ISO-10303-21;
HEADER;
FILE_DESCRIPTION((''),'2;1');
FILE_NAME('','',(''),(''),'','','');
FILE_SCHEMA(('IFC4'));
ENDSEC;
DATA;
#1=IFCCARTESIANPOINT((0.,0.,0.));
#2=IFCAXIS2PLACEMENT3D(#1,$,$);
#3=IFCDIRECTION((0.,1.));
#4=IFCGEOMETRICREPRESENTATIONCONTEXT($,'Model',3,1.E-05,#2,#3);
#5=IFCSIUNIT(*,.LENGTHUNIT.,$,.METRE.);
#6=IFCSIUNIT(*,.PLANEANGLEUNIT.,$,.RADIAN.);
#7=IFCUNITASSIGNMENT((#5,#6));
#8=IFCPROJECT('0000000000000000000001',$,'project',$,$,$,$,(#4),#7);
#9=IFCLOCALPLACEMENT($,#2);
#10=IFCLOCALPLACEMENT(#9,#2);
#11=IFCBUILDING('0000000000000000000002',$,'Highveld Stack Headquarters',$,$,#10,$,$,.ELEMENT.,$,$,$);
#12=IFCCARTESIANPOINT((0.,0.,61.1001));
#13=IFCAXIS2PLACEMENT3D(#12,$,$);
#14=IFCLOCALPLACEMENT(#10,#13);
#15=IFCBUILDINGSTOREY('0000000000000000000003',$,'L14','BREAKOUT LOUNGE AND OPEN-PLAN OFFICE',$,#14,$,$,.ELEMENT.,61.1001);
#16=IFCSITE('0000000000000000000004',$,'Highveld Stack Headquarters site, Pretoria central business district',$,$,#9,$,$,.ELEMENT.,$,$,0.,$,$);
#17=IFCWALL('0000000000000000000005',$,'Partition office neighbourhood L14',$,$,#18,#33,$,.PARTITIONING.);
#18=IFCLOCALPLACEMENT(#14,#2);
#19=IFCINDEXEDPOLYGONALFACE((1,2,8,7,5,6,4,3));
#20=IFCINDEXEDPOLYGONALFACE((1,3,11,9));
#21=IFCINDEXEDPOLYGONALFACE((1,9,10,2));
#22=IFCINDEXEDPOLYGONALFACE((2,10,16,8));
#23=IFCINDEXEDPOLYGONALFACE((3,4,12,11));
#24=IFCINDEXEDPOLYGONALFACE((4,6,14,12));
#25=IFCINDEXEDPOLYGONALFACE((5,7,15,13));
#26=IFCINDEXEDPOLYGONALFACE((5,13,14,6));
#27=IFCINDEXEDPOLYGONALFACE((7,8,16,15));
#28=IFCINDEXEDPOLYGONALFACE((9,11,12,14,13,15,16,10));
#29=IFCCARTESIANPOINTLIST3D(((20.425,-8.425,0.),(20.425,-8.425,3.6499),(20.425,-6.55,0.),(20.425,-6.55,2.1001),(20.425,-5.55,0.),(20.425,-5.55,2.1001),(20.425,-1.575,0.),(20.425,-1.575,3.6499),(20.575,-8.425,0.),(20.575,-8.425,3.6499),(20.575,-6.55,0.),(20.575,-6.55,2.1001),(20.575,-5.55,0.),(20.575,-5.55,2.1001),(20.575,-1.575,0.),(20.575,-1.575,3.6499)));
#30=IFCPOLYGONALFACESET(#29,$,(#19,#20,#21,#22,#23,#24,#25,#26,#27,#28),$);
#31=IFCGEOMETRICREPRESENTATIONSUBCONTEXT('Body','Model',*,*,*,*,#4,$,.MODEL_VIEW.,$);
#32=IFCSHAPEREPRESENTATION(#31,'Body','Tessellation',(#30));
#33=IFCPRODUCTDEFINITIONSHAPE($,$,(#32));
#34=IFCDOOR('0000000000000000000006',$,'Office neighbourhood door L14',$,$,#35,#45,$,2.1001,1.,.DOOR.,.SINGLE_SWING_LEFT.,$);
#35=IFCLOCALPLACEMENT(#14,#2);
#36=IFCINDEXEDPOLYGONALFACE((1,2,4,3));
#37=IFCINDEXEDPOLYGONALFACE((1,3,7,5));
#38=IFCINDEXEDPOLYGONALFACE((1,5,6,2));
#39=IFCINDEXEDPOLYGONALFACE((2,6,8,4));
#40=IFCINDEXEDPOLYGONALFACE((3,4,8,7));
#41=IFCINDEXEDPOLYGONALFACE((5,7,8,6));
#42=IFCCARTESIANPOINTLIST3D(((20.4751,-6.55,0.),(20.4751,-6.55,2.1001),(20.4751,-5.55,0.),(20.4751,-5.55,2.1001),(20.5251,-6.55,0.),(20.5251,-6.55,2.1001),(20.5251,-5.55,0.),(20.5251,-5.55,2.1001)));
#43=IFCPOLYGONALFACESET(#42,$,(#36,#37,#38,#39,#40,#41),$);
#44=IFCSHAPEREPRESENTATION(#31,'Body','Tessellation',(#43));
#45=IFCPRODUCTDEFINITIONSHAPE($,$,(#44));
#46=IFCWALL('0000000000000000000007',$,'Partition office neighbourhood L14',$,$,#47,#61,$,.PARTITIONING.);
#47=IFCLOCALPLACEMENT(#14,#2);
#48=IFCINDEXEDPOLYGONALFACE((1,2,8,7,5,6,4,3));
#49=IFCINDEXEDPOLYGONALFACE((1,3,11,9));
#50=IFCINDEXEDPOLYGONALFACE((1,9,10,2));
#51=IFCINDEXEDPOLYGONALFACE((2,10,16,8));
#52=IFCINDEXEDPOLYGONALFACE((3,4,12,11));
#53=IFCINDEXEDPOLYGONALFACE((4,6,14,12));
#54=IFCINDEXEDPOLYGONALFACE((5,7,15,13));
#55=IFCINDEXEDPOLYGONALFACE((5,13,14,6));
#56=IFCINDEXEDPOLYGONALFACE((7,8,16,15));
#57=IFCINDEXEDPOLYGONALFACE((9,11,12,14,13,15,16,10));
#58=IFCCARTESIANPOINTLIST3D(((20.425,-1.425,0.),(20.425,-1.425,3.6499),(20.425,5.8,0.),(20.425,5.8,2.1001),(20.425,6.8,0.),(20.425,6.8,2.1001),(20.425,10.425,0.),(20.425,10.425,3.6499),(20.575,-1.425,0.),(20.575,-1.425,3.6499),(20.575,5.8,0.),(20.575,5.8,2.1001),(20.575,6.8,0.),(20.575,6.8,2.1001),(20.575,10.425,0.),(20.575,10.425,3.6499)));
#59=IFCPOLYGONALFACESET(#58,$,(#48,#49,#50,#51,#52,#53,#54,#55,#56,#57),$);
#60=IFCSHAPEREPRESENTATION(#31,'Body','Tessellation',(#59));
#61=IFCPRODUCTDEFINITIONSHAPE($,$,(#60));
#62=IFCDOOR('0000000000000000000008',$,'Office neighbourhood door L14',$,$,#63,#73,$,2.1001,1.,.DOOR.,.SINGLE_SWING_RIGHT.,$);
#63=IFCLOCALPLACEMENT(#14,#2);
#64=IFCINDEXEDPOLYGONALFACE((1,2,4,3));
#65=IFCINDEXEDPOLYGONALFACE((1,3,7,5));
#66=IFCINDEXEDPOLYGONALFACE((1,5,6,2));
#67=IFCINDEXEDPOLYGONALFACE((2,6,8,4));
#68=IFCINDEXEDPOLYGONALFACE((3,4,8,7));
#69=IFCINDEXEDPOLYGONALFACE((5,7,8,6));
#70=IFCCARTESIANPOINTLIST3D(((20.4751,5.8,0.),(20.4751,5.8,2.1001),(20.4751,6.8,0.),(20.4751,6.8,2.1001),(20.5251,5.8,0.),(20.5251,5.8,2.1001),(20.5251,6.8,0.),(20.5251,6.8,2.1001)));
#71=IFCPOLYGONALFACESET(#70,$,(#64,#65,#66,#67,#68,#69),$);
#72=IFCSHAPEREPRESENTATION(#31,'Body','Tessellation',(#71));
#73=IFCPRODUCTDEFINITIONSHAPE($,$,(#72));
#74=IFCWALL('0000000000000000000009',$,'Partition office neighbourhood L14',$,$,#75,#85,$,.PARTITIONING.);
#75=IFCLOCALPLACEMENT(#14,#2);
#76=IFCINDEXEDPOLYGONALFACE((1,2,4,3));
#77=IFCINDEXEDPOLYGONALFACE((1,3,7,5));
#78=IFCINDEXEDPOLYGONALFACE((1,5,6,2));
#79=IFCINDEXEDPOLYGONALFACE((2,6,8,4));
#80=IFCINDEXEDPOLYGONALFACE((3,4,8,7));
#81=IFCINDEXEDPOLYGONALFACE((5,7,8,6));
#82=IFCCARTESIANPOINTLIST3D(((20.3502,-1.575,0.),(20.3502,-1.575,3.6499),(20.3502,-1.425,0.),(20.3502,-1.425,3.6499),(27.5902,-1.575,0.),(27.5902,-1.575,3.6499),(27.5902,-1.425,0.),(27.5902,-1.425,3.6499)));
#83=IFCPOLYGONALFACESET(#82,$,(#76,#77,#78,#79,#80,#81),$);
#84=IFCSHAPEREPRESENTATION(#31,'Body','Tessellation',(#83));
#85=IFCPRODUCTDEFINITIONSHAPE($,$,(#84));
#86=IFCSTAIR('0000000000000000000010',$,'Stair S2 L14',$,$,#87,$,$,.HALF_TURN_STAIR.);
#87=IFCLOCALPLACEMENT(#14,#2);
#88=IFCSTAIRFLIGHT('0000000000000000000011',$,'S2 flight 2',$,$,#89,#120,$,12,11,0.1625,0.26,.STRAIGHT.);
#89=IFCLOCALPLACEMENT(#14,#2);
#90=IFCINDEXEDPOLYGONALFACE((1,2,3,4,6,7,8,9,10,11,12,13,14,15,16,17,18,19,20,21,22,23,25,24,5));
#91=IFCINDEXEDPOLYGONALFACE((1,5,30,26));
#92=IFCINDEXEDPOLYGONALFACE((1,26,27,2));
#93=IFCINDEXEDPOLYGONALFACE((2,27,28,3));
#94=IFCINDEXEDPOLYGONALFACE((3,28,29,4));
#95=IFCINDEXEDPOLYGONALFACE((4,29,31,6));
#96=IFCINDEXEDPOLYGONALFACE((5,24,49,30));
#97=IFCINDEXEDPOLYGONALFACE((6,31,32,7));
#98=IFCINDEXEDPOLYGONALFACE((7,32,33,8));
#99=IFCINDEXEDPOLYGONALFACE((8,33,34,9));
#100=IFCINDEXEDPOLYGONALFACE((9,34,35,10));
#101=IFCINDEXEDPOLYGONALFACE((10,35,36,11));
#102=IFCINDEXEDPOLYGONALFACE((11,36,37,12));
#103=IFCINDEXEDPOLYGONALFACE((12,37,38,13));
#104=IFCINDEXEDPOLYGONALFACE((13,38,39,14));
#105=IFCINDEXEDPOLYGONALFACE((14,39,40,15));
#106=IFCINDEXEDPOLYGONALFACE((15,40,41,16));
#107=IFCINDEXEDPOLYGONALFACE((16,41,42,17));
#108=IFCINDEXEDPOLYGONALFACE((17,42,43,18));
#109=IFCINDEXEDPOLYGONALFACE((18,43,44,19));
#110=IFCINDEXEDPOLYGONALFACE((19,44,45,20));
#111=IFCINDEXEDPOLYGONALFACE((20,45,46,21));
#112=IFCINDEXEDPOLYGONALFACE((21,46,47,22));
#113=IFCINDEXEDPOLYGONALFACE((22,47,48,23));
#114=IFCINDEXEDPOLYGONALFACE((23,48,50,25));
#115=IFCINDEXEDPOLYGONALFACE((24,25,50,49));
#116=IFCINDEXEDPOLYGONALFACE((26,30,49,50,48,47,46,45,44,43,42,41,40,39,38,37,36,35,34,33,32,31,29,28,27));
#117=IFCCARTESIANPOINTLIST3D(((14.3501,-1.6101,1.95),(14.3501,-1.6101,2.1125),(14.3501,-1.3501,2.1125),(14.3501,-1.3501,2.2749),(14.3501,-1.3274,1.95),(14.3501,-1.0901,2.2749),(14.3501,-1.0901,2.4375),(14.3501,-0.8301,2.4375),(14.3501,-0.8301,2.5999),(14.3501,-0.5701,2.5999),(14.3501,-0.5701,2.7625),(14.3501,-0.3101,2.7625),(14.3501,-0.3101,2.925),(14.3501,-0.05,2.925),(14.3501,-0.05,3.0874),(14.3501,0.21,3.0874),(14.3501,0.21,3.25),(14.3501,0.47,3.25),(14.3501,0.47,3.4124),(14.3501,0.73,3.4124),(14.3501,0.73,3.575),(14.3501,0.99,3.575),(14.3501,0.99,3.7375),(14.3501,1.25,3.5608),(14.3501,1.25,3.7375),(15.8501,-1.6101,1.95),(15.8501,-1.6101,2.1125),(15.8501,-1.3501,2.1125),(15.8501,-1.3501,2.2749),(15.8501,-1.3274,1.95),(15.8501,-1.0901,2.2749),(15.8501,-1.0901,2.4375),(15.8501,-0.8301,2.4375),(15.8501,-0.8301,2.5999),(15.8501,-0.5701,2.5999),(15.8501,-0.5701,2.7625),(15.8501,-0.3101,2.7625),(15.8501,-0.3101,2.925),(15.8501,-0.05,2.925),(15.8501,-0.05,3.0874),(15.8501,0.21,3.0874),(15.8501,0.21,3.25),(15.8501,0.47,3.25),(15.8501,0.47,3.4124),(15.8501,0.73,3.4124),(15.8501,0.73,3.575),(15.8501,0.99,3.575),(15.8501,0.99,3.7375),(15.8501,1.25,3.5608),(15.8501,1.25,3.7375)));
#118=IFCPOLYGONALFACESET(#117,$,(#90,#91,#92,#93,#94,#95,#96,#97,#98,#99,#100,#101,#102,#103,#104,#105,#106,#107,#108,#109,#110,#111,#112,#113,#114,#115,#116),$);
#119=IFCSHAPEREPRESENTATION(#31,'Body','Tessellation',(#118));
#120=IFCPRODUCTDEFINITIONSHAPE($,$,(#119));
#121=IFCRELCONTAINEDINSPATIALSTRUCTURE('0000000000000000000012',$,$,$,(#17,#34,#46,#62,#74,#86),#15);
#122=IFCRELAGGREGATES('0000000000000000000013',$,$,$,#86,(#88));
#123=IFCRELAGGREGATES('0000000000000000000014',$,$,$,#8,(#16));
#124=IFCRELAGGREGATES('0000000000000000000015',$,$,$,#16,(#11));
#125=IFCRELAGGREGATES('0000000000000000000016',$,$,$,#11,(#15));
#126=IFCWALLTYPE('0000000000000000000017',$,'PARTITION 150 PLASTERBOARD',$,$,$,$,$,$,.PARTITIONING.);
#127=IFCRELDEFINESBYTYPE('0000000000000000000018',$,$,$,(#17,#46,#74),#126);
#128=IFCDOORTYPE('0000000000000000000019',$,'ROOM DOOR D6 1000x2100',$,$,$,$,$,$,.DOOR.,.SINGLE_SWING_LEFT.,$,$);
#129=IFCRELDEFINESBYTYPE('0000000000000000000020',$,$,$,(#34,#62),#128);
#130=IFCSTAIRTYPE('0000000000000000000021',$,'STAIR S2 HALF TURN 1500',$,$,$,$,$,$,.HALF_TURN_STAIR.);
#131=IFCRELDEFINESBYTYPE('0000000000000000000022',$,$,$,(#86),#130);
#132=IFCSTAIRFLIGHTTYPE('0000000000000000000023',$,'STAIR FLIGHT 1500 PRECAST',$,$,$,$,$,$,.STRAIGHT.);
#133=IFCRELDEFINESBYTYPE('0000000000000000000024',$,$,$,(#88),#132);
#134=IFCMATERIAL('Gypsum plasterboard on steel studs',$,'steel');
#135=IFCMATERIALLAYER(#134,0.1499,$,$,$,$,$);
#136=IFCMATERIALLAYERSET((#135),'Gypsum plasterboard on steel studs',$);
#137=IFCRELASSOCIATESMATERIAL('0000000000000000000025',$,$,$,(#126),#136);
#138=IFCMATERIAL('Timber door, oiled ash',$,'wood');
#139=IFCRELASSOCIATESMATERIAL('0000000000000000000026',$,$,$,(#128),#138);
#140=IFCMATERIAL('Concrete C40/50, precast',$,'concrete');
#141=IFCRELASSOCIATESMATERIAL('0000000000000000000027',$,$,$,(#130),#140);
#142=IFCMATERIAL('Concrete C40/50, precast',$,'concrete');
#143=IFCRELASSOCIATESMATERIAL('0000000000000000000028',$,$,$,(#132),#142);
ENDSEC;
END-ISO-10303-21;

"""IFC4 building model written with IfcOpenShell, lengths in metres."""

from ifc_helpers import new_model, si_unit, direction, frame, frame_2d, origin, place, context, subcontext, project, spatial, polyline, rectangle, outline, extrude, material, layer, layer_set, type_object, element, fill, aggregate, save


model = new_model("IFC4")

# Units and contexts
model_context = context("Model", 3, precision=1e-05, world=origin(), true_north=direction((0.0, 1.0)))
body_context = subcontext(model_context, "Body", "Model", "MODEL_VIEW")
ifc_project = project(units=[si_unit("LENGTHUNIT", "METRE"), si_unit("PLANEANGLEUNIT", "RADIAN")], contexts=[model_context])

# Site, building, storey
site_placement = place(None, origin())
site = spatial("IfcSite", under=ifc_project, at=site_placement, Name="Highveld Stack Headquarters site, Pretoria central business district", CompositionType="ELEMENT", RefElevation=0.0)
building_placement = place(site_placement, origin())
building = spatial("IfcBuilding", under=site, at=building_placement, Name="Highveld Stack Headquarters", CompositionType="ELEMENT")
storey_placement = place(building_placement, frame((0.0, 0.0, 61.1001)))
storey = spatial("IfcBuildingStorey", under=building, at=storey_placement, Name="L14", Description="BREAKOUT LOUNGE AND OPEN-PLAN OFFICE", CompositionType="ELEMENT", Elevation=61.1001)

# Shared definitions
ifc_material_1 = material(Name="Gypsum plasterboard on steel studs", Category="steel")
ifc_layer_1 = layer(ifc_material_1, 0.1499)
ifc_layer_set_1 = layer_set([ifc_layer_1], Name="Gypsum plasterboard on steel studs")
wall_type_1 = type_object("IfcWallType", Name="PARTITION 150 PLASTERBOARD", PredefinedType="PARTITIONING", material=ifc_layer_set_1)
ifc_material_2 = material(Name="Timber door, oiled ash", Category="wood")
door_type_1 = type_object("IfcDoorType", Name="ROOM DOOR D6 1000x2100", OperationType="SINGLE_SWING_LEFT", PredefinedType="DOOR", material=ifc_material_2)

# Walls, openings, doors
wall_1_placement = place(storey_placement, frame((20.5, -8.425, 0.0), z_axis=(0.0, 0.0, 1.0), x_axis=(0.0, 1.0, 0.0)))
wall_1 = element("IfcWall", 1, at=wall_1_placement, inside=storey, type_object=wall_type_1, Name="Partition office neighbourhood L14", PredefinedType="PARTITIONING", context=body_context, shape_type="SweptSolid", body=[
    extrude(rectangle(XDim=6.8501, YDim=0.1499, at=frame_2d((3.425, 0.0))), origin(), (0.0, 0.0, 1.0), 3.6499),
])
opening_1_placement = place(wall_1_placement, frame((1.875, 0.0, 0.0)))
opening_1 = element("IfcOpeningElement", 2, at=opening_1_placement, cuts=wall_1, PredefinedType="OPENING", context=body_context, shape_type="SweptSolid", body=[
    extrude(rectangle(XDim=1.0, YDim=2.1001, at=frame_2d((0.5, 1.05))), frame((0.0, 0.085, 0.0), z_axis=(0.0, -1.0, 0.0), x_axis=(1.0, 0.0, 0.0)), (0.0, 0.0, 1.0), 0.1699),
])
door_1_placement = place(opening_1_placement, origin())
door_1 = element("IfcDoor", 3, at=door_1_placement, inside=storey, type_object=door_type_1, Name="Office neighbourhood door L14", OperationType="SINGLE_SWING_LEFT", OverallHeight=2.1001, OverallWidth=1.0, PredefinedType="DOOR", context=body_context, shape_type="SweptSolid", body=[
    extrude(rectangle(XDim=1.0, YDim=2.1001, at=frame_2d((0.5, 1.05))), frame((0.0, 0.0249, 0.0), z_axis=(0.0, -1.0, 0.0), x_axis=(1.0, 0.0, 0.0)), (0.0, 0.0, 1.0), 0.05),
])
fill(opening_1, door_1)
wall_2_placement = place(storey_placement, frame((20.5, -1.425, 0.0), z_axis=(0.0, 0.0, 1.0), x_axis=(0.0, 1.0, 0.0)))
wall_2 = element("IfcWall", 4, at=wall_2_placement, inside=storey, type_object=wall_type_1, Name="Partition office neighbourhood L14", PredefinedType="PARTITIONING", context=body_context, shape_type="SweptSolid", body=[
    extrude(rectangle(XDim=11.8501, YDim=0.1499, at=frame_2d((5.925, 0.0))), origin(), (0.0, 0.0, 1.0), 3.6499),
])
opening_2_placement = place(wall_2_placement, frame((7.2251, 0.0, 0.0)))
opening_2 = element("IfcOpeningElement", 5, at=opening_2_placement, cuts=wall_2, PredefinedType="OPENING", context=body_context, shape_type="SweptSolid", body=[
    extrude(rectangle(XDim=1.0, YDim=2.1001, at=frame_2d((0.5, 1.05))), frame((0.0, 0.085, 0.0), z_axis=(0.0, -1.0, 0.0), x_axis=(1.0, 0.0, 0.0)), (0.0, 0.0, 1.0), 0.1699),
])
door_2_placement = place(opening_2_placement, origin())
door_2 = element("IfcDoor", 6, at=door_2_placement, inside=storey, type_object=door_type_1, Name="Office neighbourhood door L14", OperationType="SINGLE_SWING_RIGHT", OverallHeight=2.1001, OverallWidth=1.0, PredefinedType="DOOR", context=body_context, shape_type="SweptSolid", body=[
    extrude(rectangle(XDim=1.0, YDim=2.1001, at=frame_2d((0.5, 1.05))), frame((0.0, 0.0249, 0.0), z_axis=(0.0, -1.0, 0.0), x_axis=(1.0, 0.0, 0.0)), (0.0, 0.0, 1.0), 0.05),
])
fill(opening_2, door_2)

# Wall
wall_3_placement = place(storey_placement, frame((20.3501, -1.5, 0.0), z_axis=(0.0, 0.0, 1.0), x_axis=(1.0, 0.0, 0.0)))
element("IfcWall", 7, at=wall_3_placement, inside=storey, type_object=wall_type_1, Name="Partition office neighbourhood L14", PredefinedType="PARTITIONING", context=body_context, shape_type="SweptSolid", body=[
    extrude(rectangle(XDim=7.24, YDim=0.1499, at=frame_2d((3.6201, 0.0))), origin(), (0.0, 0.0, 1.0), 3.6499),
])

# Stair, stair flight
ifc_material_3 = material(Name="Concrete C40/50, precast", Category="concrete")
stair_type = type_object("IfcStairType", Name="STAIR S2 HALF TURN 1500", PredefinedType="HALF_TURN_STAIR", material=ifc_material_3)
stair_placement = place(storey_placement, origin())
stair = element("IfcStair", 8, at=stair_placement, inside=storey, type_object=stair_type, Name="Stair S2 L14", PredefinedType="HALF_TURN_STAIR")
ifc_material_4 = material(Name="Concrete C40/50, precast", Category="concrete")
stair_flight_type = type_object("IfcStairFlightType", Name="STAIR FLIGHT 1500 PRECAST", PredefinedType="STRAIGHT", material=ifc_material_4)
stair_flight_placement = place(storey_placement, frame((15.1001, -1.6101, 1.95), z_axis=(0.0, 0.0, 1.0), x_axis=(0.0, 1.0, 0.0)))
stair_flight = element("IfcStairFlight", 9, at=stair_flight_placement, type_object=stair_flight_type, Name="S2 flight 2", NumberOfRisers=12, NumberOfTreads=11, PredefinedType="STRAIGHT", RiserHeight=0.1625, TreadLength=0.26, context=body_context, shape_type="SweptSolid", body=[
    extrude(outline(polyline([(0.0, 0.0), (0.0, 0.1626), (0.26, 0.1626), (0.26, 0.325), (0.52, 0.325), (0.52, 0.4875), (0.78, 0.4875), (0.78, 0.6499), (1.04, 0.6499), (1.04, 0.8125), (1.3, 0.8125), (1.3, 0.9751), (1.5601, 0.9751), (1.5601, 1.1375), (1.8201, 1.1375), (1.8201, 1.3), (2.0801, 1.3), (2.0801, 1.4624), (2.3401, 1.4624), (2.3401, 1.625), (2.6001, 1.625), (2.6001, 1.7876), (2.8601, 1.7876), (2.8601, 1.95), (2.8601, 1.6108), (0.2827, 0.0), (0.0, 0.0)])), frame((0.0, 0.75, 0.0), z_axis=(0.0, -1.0, 0.0), x_axis=(1.0, 0.0, 0.0)), (0.0, 0.0, 1.0), 1.5),
])
aggregate(stair, [stair_flight])

save(model, "model.ifc")
